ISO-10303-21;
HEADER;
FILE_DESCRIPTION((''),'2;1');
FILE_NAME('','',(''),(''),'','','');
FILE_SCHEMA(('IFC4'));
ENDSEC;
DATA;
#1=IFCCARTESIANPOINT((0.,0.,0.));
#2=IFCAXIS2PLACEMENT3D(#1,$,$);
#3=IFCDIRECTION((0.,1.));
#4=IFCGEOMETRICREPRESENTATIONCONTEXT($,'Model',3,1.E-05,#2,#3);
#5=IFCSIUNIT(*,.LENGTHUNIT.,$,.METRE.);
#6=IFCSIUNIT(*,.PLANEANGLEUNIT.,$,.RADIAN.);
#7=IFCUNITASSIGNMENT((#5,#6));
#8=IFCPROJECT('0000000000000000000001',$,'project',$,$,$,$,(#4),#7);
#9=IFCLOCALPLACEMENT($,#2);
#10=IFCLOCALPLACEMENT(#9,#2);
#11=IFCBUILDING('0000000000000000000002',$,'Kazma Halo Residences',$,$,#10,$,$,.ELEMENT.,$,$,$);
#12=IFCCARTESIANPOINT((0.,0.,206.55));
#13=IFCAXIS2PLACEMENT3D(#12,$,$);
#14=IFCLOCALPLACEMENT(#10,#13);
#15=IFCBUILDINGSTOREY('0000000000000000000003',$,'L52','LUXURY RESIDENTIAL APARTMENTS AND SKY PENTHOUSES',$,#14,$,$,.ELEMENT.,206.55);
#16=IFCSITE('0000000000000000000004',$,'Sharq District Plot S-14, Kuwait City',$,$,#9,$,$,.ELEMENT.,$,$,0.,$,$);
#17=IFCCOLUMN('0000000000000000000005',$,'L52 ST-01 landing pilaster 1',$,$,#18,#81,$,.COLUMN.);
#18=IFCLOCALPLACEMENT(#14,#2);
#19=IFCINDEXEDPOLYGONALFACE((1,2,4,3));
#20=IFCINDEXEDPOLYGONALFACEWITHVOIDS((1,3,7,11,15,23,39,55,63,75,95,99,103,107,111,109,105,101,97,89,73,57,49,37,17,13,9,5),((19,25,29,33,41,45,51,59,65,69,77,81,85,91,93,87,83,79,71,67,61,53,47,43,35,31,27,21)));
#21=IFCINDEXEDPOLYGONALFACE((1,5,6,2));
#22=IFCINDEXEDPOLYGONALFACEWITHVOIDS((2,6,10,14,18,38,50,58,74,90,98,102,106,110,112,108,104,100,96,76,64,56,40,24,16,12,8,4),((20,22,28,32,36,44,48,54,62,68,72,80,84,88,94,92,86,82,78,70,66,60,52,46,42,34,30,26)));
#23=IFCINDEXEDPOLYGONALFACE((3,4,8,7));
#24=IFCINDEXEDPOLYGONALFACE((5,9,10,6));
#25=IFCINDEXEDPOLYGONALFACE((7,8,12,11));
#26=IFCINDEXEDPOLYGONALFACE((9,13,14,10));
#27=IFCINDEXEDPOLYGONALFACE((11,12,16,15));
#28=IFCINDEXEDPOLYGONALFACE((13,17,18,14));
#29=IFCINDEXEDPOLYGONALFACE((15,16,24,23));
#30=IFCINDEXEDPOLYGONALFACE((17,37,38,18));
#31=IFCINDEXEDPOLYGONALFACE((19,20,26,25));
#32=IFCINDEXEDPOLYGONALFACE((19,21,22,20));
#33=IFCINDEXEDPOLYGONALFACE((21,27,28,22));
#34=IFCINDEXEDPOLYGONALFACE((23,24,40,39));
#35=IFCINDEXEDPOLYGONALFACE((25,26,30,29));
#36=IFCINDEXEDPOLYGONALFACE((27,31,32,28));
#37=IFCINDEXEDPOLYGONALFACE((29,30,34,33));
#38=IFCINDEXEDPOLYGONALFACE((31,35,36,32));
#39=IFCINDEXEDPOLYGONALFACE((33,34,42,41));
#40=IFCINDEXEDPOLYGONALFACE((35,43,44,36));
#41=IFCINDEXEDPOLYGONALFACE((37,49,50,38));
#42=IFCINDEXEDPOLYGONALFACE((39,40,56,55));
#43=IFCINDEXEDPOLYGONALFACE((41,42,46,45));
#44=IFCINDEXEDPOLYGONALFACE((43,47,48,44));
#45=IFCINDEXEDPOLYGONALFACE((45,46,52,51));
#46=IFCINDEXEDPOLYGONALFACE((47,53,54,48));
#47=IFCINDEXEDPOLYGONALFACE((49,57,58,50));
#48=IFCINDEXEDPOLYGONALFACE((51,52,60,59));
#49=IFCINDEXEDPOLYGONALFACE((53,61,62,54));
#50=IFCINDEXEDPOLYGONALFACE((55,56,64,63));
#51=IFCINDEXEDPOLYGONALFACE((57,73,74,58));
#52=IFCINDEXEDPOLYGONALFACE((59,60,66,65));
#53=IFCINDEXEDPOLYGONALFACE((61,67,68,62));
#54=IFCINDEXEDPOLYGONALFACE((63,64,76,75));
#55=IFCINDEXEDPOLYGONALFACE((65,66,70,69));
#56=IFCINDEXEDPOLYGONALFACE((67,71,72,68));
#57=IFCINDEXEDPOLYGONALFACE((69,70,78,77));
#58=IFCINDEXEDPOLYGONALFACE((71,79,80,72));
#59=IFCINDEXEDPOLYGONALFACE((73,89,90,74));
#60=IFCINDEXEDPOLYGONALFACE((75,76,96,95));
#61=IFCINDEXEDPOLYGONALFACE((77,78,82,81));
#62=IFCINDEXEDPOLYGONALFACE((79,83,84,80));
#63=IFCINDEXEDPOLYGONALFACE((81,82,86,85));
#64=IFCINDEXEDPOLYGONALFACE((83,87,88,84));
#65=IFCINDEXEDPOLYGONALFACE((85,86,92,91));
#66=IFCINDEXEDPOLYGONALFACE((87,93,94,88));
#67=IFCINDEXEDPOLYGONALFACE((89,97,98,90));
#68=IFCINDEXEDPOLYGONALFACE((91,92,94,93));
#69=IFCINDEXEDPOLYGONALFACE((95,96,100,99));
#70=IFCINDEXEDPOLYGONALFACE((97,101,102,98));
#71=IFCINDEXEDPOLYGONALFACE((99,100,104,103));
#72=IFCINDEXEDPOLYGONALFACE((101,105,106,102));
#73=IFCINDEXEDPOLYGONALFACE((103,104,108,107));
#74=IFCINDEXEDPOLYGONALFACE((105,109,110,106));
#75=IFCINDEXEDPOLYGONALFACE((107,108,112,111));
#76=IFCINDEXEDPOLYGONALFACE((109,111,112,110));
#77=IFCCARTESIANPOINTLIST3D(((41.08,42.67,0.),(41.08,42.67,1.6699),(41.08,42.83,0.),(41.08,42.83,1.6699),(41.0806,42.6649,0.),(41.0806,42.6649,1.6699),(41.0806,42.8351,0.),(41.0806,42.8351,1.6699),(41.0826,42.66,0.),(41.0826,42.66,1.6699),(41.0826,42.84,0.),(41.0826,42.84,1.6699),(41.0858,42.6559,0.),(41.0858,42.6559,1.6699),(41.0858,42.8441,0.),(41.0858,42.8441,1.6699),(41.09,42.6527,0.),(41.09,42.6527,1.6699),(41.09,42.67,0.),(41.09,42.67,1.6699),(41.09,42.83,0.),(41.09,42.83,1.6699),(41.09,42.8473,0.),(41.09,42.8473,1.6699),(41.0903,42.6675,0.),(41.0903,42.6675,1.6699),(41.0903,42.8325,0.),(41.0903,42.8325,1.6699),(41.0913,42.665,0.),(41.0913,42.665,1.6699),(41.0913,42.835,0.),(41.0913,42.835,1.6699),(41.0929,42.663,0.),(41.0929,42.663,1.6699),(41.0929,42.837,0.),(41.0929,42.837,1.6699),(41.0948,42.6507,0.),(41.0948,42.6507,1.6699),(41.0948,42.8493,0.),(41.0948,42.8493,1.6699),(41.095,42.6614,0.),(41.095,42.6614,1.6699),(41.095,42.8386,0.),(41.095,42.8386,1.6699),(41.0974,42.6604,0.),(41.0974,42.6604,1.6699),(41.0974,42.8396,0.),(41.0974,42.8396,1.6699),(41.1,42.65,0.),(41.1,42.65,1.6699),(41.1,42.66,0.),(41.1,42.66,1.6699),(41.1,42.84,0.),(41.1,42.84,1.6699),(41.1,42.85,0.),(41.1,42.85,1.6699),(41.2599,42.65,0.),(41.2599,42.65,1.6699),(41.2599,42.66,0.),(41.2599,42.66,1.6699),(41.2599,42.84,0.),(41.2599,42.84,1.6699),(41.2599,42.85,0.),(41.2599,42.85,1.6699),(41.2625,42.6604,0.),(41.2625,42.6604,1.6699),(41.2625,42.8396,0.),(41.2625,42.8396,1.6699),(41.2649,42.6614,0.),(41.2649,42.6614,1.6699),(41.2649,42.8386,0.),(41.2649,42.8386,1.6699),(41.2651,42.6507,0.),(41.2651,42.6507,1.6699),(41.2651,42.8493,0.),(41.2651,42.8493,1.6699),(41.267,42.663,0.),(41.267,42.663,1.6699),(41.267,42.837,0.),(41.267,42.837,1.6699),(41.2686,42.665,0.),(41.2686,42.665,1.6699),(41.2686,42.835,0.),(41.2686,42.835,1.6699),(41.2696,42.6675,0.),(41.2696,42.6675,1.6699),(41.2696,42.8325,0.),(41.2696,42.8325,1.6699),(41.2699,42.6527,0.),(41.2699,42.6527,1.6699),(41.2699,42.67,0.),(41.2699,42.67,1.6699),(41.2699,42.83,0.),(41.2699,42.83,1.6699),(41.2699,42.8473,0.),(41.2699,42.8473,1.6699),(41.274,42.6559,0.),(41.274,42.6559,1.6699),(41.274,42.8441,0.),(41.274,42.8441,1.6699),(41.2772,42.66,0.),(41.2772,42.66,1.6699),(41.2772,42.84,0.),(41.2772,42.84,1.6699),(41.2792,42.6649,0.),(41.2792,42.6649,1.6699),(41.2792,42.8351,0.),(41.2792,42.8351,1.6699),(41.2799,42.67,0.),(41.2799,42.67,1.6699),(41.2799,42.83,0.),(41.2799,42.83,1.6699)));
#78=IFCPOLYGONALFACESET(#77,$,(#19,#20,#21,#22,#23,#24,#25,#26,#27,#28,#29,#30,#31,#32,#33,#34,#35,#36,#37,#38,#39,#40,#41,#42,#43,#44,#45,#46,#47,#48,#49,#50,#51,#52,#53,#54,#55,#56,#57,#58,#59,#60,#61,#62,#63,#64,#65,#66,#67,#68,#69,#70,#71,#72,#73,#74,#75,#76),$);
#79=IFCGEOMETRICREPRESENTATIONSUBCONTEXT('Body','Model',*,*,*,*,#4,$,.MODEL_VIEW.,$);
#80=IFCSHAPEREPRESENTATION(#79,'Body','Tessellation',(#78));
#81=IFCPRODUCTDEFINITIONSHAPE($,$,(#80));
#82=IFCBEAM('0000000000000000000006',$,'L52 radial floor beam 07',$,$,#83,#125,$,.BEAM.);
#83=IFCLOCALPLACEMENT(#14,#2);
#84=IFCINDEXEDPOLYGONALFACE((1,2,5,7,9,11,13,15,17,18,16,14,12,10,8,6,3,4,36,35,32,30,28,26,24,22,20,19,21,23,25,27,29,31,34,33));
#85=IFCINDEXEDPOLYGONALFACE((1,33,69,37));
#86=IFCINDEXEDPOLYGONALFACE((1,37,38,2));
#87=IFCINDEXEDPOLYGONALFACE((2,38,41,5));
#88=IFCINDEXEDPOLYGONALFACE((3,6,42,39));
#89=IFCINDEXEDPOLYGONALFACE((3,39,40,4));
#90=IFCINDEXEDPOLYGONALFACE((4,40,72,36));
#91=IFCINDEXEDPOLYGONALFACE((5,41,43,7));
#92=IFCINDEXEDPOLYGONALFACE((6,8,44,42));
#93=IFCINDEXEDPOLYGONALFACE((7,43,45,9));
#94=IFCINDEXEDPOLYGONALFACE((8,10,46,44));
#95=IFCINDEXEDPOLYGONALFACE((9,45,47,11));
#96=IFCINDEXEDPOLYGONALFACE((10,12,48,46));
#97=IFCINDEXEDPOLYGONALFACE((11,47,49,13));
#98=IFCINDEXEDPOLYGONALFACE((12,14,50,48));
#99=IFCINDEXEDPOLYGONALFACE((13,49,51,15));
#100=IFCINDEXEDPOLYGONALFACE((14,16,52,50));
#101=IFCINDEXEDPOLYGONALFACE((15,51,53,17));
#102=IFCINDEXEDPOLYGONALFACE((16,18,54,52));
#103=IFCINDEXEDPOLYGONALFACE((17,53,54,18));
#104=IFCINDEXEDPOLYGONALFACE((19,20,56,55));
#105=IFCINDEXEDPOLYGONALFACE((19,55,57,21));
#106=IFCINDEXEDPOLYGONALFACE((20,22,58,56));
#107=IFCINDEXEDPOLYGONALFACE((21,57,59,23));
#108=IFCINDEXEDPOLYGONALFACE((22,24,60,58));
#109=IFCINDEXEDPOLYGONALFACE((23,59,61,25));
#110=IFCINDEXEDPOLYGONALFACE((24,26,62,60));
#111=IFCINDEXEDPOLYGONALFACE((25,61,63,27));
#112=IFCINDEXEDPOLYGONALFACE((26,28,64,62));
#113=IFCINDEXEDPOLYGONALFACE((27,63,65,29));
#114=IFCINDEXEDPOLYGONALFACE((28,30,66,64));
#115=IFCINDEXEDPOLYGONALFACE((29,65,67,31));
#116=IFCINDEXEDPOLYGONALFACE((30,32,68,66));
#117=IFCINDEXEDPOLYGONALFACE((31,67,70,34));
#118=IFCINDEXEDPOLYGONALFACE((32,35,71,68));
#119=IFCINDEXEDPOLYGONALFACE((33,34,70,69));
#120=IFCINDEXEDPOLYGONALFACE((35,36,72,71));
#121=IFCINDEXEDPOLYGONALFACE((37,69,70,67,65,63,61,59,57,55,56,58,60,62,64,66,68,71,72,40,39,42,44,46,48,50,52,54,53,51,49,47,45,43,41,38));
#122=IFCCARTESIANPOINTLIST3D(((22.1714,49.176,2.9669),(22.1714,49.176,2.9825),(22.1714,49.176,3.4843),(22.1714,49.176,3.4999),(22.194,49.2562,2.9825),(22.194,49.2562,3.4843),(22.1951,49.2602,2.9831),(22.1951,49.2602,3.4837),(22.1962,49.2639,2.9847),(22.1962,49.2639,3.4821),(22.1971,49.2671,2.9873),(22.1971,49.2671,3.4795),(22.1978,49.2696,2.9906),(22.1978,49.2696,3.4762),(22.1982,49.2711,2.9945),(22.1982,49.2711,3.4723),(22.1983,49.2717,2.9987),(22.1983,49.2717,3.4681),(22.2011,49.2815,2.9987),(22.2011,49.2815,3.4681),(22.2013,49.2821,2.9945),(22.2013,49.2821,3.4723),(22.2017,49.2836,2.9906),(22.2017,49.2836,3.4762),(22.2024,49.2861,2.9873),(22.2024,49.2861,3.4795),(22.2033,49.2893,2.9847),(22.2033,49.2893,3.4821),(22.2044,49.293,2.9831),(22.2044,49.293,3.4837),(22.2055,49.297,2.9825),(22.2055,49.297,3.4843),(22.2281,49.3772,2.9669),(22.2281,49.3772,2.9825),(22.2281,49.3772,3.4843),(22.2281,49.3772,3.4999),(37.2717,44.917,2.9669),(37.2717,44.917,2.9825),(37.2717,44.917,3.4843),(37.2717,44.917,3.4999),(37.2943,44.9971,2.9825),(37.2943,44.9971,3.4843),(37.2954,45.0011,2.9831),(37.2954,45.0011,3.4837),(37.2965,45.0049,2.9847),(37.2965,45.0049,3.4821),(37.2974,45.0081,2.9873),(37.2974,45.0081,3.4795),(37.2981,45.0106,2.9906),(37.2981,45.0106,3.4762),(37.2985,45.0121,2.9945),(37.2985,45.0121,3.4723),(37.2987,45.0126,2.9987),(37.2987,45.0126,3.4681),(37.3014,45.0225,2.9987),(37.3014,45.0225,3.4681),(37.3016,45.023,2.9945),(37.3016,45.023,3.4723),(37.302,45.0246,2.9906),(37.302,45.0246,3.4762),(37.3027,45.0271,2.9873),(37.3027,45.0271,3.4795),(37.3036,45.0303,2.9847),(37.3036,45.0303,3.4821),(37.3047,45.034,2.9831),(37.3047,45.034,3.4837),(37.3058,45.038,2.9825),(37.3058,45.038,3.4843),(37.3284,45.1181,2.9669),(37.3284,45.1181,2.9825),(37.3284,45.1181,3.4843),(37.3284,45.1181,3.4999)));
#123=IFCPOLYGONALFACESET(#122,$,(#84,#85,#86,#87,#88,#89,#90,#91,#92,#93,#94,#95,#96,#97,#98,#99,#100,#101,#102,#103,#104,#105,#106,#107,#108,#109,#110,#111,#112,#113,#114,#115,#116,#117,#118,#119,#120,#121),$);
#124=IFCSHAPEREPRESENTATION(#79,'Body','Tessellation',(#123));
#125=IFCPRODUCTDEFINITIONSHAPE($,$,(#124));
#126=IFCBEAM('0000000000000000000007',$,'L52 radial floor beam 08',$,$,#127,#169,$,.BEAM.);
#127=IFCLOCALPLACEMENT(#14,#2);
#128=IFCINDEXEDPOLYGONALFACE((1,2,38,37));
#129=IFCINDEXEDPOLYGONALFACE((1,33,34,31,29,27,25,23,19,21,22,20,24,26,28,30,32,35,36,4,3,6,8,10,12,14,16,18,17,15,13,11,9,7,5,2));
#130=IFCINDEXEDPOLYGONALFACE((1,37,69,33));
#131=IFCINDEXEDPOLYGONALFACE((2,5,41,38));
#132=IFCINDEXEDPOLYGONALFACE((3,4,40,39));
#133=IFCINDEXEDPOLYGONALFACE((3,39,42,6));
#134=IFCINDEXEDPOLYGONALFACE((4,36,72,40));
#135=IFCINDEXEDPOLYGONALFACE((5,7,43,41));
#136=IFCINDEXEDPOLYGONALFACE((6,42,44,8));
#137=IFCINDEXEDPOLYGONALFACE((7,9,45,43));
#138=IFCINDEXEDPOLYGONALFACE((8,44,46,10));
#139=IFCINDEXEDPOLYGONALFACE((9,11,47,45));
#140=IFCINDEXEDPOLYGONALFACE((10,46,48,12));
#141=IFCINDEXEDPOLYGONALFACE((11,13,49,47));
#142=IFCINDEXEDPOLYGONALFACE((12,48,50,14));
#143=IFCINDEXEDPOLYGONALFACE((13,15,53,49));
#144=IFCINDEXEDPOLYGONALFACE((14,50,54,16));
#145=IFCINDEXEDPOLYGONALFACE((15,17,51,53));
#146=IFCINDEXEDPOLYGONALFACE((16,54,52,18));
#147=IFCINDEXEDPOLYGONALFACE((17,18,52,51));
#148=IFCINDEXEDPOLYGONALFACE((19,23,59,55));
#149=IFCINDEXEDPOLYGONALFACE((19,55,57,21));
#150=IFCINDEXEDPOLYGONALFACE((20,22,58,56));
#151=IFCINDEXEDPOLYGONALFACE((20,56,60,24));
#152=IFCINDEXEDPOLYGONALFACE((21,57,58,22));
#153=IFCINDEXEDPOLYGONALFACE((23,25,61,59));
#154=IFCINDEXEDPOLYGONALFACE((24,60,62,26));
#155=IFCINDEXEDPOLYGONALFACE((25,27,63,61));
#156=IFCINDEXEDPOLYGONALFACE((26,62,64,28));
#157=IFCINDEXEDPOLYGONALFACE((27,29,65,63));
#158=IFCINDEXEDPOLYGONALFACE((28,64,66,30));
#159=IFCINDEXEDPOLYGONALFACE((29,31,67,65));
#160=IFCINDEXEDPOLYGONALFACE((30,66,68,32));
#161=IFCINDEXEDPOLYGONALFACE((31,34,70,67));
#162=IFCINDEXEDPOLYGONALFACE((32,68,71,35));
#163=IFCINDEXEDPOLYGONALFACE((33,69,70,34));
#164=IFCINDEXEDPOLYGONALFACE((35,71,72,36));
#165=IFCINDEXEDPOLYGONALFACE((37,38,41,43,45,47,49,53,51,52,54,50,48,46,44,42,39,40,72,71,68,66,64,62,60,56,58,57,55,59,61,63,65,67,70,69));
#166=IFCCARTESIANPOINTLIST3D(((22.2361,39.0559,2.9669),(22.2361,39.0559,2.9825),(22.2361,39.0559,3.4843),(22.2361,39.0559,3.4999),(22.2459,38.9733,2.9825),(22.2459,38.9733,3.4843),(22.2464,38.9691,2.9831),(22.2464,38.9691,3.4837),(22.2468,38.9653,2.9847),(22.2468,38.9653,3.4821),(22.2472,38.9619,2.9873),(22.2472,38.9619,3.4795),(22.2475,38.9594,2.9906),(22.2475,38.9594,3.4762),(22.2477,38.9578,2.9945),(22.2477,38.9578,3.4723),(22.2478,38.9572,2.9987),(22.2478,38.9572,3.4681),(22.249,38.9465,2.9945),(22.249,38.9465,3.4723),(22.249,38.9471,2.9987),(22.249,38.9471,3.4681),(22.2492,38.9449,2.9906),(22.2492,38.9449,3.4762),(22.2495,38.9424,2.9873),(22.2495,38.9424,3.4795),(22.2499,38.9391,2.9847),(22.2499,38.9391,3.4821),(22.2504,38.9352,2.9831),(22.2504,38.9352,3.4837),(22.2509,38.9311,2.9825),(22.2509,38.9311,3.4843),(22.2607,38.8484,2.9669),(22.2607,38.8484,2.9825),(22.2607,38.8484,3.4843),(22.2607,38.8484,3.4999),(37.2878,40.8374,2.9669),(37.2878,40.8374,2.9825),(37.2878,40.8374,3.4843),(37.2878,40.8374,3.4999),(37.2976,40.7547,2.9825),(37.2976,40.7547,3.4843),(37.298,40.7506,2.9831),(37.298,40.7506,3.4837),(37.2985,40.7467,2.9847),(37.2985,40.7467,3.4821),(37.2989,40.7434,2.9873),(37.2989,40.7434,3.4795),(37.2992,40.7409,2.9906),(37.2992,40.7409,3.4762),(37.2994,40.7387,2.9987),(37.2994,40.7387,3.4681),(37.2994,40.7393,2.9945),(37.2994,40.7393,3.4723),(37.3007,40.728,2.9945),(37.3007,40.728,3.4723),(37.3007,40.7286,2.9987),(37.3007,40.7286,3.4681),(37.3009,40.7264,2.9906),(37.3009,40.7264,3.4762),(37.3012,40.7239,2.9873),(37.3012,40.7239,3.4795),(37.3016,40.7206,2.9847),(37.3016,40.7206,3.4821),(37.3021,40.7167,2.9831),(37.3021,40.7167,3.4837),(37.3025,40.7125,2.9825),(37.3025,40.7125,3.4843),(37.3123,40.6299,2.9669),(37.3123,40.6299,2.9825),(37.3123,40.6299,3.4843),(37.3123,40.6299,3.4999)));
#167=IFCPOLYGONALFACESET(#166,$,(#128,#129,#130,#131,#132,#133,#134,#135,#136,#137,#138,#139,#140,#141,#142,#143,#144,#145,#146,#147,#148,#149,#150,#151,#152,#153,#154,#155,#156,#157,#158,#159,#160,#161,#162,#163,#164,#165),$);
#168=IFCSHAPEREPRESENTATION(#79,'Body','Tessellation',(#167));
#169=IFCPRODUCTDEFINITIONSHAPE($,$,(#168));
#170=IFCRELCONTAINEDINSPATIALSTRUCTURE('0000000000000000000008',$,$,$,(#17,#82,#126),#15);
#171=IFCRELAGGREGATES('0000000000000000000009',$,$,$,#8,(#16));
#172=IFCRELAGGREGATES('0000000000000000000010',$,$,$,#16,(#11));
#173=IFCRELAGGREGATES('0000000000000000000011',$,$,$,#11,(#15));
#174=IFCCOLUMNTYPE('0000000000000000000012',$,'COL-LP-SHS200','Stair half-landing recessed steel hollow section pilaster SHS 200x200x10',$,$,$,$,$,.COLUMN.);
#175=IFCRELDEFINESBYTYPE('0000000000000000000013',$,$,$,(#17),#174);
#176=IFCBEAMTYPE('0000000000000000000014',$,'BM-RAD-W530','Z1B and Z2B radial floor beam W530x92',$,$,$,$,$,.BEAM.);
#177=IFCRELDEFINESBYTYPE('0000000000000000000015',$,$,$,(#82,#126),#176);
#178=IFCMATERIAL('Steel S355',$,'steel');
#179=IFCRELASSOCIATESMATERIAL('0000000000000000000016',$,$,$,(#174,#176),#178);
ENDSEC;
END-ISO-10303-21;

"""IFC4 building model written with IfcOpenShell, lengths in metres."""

from ifc_helpers import new_model, si_unit, direction, frame, origin, origin_2d, place, context, subcontext, project, spatial, hollow_rectangle, i_section, extrude, material, material_profile, profile_set, type_object, element, save


model = new_model("IFC4")

# Units and contexts
model_context = context("Model", 3, precision=1e-05, world=origin(), true_north=direction((0.0, 1.0)))
body_context = subcontext(model_context, "Body", "Model", "MODEL_VIEW")
ifc_project = project(units=[si_unit("LENGTHUNIT", "METRE"), si_unit("PLANEANGLEUNIT", "RADIAN")], contexts=[model_context])

# Site, building, storey
site_placement = place(None, origin())
site = spatial("IfcSite", under=ifc_project, at=site_placement, Name="Sharq District Plot S-14, Kuwait City", CompositionType="ELEMENT", RefElevation=0.0)
building_placement = place(site_placement, origin())
building = spatial("IfcBuilding", under=site, at=building_placement, Name="Kazma Halo Residences", CompositionType="ELEMENT")
storey_placement = place(building_placement, frame((0.0, 0.0, 206.55)))
storey = spatial("IfcBuildingStorey", under=building, at=storey_placement, Name="L52", Description="LUXURY RESIDENTIAL APARTMENTS AND SKY PENTHOUSES", CompositionType="ELEMENT", Elevation=206.55)

# Column
ifc_material_1 = material(Name="Steel S355", Category="steel")
ifc_material_profile_1 = material_profile(ifc_material_1, hollow_rectangle(XDim=0.2, YDim=0.2, WallThickness=0.01, InnerFilletRadius=0.01, OuterFilletRadius=0.02, at=origin_2d()), Name="SHS200x200x10")
ifc_profile_set_1 = profile_set([ifc_material_profile_1], Name="Steel S355")
column_type = type_object("IfcColumnType", Name="COL-LP-SHS200", Description="Stair half-landing recessed steel hollow section pilaster SHS 200x200x10", PredefinedType="COLUMN", material=ifc_profile_set_1)
column_placement = place(storey_placement, frame((41.1799, 42.75, 0.0), z_axis=(0.0, 0.0, 1.0), x_axis=(1.0, 0.0, 0.0)))
element("IfcColumn", 1, at=column_placement, inside=storey, type_object=column_type, Name="L52 ST-01 landing pilaster 1", PredefinedType="COLUMN", context=body_context, shape_type="SweptSolid", body=[
    extrude(hollow_rectangle(XDim=0.2, YDim=0.2, WallThickness=0.01, InnerFilletRadius=0.01, OuterFilletRadius=0.02, at=origin_2d()), origin(), (0.0, 0.0, 1.0), 1.6699),
])

# Beams
ifc_material_profile_2 = material_profile(ifc_material_1, i_section(OverallWidth=0.209, OverallDepth=0.533, WebThickness=0.0103, FlangeThickness=0.0156, FilletRadius=0.0161, at=origin_2d()), Name="W530x92")
ifc_profile_set_2 = profile_set([ifc_material_profile_2], Name="Steel S355")
beam_type_1 = type_object("IfcBeamType", Name="BM-RAD-W530", Description="Z1B and Z2B radial floor beam W530x92", PredefinedType="BEAM", material=ifc_profile_set_2)
beam_1_placement = place(storey_placement, frame((37.3, 45.0176, 3.2334), z_axis=(-0.96245, 0.271458, 0.0), x_axis=(-0.271458, -0.96245, 0.0)))
element("IfcBeam", 2, at=beam_1_placement, inside=storey, type_object=beam_type_1, Name="L52 radial floor beam 07", PredefinedType="BEAM", context=body_context, shape_type="SweptSolid", body=[
    extrude(i_section(OverallWidth=0.209, OverallDepth=0.533, WebThickness=0.0103, FlangeThickness=0.0156, FilletRadius=0.0161, at=origin_2d()), origin(), (0.0, 0.0, 1.0), 15.6895),
])
beam_2_placement = place(storey_placement, frame((37.3, 40.7336, 3.2334), z_axis=(-0.993068, -0.117537, 0.0), x_axis=(0.117537, -0.993068, 0.0)))
element("IfcBeam", 3, at=beam_2_placement, inside=storey, type_object=beam_type_1, Name="L52 radial floor beam 08", PredefinedType="BEAM", context=body_context, shape_type="SweptSolid", body=[
    extrude(i_section(OverallWidth=0.209, OverallDepth=0.533, WebThickness=0.0103, FlangeThickness=0.0156, FilletRadius=0.0161, at=origin_2d()), origin(), (0.0, 0.0, 1.0), 15.1567),
])

save(model, "model.ifc")
